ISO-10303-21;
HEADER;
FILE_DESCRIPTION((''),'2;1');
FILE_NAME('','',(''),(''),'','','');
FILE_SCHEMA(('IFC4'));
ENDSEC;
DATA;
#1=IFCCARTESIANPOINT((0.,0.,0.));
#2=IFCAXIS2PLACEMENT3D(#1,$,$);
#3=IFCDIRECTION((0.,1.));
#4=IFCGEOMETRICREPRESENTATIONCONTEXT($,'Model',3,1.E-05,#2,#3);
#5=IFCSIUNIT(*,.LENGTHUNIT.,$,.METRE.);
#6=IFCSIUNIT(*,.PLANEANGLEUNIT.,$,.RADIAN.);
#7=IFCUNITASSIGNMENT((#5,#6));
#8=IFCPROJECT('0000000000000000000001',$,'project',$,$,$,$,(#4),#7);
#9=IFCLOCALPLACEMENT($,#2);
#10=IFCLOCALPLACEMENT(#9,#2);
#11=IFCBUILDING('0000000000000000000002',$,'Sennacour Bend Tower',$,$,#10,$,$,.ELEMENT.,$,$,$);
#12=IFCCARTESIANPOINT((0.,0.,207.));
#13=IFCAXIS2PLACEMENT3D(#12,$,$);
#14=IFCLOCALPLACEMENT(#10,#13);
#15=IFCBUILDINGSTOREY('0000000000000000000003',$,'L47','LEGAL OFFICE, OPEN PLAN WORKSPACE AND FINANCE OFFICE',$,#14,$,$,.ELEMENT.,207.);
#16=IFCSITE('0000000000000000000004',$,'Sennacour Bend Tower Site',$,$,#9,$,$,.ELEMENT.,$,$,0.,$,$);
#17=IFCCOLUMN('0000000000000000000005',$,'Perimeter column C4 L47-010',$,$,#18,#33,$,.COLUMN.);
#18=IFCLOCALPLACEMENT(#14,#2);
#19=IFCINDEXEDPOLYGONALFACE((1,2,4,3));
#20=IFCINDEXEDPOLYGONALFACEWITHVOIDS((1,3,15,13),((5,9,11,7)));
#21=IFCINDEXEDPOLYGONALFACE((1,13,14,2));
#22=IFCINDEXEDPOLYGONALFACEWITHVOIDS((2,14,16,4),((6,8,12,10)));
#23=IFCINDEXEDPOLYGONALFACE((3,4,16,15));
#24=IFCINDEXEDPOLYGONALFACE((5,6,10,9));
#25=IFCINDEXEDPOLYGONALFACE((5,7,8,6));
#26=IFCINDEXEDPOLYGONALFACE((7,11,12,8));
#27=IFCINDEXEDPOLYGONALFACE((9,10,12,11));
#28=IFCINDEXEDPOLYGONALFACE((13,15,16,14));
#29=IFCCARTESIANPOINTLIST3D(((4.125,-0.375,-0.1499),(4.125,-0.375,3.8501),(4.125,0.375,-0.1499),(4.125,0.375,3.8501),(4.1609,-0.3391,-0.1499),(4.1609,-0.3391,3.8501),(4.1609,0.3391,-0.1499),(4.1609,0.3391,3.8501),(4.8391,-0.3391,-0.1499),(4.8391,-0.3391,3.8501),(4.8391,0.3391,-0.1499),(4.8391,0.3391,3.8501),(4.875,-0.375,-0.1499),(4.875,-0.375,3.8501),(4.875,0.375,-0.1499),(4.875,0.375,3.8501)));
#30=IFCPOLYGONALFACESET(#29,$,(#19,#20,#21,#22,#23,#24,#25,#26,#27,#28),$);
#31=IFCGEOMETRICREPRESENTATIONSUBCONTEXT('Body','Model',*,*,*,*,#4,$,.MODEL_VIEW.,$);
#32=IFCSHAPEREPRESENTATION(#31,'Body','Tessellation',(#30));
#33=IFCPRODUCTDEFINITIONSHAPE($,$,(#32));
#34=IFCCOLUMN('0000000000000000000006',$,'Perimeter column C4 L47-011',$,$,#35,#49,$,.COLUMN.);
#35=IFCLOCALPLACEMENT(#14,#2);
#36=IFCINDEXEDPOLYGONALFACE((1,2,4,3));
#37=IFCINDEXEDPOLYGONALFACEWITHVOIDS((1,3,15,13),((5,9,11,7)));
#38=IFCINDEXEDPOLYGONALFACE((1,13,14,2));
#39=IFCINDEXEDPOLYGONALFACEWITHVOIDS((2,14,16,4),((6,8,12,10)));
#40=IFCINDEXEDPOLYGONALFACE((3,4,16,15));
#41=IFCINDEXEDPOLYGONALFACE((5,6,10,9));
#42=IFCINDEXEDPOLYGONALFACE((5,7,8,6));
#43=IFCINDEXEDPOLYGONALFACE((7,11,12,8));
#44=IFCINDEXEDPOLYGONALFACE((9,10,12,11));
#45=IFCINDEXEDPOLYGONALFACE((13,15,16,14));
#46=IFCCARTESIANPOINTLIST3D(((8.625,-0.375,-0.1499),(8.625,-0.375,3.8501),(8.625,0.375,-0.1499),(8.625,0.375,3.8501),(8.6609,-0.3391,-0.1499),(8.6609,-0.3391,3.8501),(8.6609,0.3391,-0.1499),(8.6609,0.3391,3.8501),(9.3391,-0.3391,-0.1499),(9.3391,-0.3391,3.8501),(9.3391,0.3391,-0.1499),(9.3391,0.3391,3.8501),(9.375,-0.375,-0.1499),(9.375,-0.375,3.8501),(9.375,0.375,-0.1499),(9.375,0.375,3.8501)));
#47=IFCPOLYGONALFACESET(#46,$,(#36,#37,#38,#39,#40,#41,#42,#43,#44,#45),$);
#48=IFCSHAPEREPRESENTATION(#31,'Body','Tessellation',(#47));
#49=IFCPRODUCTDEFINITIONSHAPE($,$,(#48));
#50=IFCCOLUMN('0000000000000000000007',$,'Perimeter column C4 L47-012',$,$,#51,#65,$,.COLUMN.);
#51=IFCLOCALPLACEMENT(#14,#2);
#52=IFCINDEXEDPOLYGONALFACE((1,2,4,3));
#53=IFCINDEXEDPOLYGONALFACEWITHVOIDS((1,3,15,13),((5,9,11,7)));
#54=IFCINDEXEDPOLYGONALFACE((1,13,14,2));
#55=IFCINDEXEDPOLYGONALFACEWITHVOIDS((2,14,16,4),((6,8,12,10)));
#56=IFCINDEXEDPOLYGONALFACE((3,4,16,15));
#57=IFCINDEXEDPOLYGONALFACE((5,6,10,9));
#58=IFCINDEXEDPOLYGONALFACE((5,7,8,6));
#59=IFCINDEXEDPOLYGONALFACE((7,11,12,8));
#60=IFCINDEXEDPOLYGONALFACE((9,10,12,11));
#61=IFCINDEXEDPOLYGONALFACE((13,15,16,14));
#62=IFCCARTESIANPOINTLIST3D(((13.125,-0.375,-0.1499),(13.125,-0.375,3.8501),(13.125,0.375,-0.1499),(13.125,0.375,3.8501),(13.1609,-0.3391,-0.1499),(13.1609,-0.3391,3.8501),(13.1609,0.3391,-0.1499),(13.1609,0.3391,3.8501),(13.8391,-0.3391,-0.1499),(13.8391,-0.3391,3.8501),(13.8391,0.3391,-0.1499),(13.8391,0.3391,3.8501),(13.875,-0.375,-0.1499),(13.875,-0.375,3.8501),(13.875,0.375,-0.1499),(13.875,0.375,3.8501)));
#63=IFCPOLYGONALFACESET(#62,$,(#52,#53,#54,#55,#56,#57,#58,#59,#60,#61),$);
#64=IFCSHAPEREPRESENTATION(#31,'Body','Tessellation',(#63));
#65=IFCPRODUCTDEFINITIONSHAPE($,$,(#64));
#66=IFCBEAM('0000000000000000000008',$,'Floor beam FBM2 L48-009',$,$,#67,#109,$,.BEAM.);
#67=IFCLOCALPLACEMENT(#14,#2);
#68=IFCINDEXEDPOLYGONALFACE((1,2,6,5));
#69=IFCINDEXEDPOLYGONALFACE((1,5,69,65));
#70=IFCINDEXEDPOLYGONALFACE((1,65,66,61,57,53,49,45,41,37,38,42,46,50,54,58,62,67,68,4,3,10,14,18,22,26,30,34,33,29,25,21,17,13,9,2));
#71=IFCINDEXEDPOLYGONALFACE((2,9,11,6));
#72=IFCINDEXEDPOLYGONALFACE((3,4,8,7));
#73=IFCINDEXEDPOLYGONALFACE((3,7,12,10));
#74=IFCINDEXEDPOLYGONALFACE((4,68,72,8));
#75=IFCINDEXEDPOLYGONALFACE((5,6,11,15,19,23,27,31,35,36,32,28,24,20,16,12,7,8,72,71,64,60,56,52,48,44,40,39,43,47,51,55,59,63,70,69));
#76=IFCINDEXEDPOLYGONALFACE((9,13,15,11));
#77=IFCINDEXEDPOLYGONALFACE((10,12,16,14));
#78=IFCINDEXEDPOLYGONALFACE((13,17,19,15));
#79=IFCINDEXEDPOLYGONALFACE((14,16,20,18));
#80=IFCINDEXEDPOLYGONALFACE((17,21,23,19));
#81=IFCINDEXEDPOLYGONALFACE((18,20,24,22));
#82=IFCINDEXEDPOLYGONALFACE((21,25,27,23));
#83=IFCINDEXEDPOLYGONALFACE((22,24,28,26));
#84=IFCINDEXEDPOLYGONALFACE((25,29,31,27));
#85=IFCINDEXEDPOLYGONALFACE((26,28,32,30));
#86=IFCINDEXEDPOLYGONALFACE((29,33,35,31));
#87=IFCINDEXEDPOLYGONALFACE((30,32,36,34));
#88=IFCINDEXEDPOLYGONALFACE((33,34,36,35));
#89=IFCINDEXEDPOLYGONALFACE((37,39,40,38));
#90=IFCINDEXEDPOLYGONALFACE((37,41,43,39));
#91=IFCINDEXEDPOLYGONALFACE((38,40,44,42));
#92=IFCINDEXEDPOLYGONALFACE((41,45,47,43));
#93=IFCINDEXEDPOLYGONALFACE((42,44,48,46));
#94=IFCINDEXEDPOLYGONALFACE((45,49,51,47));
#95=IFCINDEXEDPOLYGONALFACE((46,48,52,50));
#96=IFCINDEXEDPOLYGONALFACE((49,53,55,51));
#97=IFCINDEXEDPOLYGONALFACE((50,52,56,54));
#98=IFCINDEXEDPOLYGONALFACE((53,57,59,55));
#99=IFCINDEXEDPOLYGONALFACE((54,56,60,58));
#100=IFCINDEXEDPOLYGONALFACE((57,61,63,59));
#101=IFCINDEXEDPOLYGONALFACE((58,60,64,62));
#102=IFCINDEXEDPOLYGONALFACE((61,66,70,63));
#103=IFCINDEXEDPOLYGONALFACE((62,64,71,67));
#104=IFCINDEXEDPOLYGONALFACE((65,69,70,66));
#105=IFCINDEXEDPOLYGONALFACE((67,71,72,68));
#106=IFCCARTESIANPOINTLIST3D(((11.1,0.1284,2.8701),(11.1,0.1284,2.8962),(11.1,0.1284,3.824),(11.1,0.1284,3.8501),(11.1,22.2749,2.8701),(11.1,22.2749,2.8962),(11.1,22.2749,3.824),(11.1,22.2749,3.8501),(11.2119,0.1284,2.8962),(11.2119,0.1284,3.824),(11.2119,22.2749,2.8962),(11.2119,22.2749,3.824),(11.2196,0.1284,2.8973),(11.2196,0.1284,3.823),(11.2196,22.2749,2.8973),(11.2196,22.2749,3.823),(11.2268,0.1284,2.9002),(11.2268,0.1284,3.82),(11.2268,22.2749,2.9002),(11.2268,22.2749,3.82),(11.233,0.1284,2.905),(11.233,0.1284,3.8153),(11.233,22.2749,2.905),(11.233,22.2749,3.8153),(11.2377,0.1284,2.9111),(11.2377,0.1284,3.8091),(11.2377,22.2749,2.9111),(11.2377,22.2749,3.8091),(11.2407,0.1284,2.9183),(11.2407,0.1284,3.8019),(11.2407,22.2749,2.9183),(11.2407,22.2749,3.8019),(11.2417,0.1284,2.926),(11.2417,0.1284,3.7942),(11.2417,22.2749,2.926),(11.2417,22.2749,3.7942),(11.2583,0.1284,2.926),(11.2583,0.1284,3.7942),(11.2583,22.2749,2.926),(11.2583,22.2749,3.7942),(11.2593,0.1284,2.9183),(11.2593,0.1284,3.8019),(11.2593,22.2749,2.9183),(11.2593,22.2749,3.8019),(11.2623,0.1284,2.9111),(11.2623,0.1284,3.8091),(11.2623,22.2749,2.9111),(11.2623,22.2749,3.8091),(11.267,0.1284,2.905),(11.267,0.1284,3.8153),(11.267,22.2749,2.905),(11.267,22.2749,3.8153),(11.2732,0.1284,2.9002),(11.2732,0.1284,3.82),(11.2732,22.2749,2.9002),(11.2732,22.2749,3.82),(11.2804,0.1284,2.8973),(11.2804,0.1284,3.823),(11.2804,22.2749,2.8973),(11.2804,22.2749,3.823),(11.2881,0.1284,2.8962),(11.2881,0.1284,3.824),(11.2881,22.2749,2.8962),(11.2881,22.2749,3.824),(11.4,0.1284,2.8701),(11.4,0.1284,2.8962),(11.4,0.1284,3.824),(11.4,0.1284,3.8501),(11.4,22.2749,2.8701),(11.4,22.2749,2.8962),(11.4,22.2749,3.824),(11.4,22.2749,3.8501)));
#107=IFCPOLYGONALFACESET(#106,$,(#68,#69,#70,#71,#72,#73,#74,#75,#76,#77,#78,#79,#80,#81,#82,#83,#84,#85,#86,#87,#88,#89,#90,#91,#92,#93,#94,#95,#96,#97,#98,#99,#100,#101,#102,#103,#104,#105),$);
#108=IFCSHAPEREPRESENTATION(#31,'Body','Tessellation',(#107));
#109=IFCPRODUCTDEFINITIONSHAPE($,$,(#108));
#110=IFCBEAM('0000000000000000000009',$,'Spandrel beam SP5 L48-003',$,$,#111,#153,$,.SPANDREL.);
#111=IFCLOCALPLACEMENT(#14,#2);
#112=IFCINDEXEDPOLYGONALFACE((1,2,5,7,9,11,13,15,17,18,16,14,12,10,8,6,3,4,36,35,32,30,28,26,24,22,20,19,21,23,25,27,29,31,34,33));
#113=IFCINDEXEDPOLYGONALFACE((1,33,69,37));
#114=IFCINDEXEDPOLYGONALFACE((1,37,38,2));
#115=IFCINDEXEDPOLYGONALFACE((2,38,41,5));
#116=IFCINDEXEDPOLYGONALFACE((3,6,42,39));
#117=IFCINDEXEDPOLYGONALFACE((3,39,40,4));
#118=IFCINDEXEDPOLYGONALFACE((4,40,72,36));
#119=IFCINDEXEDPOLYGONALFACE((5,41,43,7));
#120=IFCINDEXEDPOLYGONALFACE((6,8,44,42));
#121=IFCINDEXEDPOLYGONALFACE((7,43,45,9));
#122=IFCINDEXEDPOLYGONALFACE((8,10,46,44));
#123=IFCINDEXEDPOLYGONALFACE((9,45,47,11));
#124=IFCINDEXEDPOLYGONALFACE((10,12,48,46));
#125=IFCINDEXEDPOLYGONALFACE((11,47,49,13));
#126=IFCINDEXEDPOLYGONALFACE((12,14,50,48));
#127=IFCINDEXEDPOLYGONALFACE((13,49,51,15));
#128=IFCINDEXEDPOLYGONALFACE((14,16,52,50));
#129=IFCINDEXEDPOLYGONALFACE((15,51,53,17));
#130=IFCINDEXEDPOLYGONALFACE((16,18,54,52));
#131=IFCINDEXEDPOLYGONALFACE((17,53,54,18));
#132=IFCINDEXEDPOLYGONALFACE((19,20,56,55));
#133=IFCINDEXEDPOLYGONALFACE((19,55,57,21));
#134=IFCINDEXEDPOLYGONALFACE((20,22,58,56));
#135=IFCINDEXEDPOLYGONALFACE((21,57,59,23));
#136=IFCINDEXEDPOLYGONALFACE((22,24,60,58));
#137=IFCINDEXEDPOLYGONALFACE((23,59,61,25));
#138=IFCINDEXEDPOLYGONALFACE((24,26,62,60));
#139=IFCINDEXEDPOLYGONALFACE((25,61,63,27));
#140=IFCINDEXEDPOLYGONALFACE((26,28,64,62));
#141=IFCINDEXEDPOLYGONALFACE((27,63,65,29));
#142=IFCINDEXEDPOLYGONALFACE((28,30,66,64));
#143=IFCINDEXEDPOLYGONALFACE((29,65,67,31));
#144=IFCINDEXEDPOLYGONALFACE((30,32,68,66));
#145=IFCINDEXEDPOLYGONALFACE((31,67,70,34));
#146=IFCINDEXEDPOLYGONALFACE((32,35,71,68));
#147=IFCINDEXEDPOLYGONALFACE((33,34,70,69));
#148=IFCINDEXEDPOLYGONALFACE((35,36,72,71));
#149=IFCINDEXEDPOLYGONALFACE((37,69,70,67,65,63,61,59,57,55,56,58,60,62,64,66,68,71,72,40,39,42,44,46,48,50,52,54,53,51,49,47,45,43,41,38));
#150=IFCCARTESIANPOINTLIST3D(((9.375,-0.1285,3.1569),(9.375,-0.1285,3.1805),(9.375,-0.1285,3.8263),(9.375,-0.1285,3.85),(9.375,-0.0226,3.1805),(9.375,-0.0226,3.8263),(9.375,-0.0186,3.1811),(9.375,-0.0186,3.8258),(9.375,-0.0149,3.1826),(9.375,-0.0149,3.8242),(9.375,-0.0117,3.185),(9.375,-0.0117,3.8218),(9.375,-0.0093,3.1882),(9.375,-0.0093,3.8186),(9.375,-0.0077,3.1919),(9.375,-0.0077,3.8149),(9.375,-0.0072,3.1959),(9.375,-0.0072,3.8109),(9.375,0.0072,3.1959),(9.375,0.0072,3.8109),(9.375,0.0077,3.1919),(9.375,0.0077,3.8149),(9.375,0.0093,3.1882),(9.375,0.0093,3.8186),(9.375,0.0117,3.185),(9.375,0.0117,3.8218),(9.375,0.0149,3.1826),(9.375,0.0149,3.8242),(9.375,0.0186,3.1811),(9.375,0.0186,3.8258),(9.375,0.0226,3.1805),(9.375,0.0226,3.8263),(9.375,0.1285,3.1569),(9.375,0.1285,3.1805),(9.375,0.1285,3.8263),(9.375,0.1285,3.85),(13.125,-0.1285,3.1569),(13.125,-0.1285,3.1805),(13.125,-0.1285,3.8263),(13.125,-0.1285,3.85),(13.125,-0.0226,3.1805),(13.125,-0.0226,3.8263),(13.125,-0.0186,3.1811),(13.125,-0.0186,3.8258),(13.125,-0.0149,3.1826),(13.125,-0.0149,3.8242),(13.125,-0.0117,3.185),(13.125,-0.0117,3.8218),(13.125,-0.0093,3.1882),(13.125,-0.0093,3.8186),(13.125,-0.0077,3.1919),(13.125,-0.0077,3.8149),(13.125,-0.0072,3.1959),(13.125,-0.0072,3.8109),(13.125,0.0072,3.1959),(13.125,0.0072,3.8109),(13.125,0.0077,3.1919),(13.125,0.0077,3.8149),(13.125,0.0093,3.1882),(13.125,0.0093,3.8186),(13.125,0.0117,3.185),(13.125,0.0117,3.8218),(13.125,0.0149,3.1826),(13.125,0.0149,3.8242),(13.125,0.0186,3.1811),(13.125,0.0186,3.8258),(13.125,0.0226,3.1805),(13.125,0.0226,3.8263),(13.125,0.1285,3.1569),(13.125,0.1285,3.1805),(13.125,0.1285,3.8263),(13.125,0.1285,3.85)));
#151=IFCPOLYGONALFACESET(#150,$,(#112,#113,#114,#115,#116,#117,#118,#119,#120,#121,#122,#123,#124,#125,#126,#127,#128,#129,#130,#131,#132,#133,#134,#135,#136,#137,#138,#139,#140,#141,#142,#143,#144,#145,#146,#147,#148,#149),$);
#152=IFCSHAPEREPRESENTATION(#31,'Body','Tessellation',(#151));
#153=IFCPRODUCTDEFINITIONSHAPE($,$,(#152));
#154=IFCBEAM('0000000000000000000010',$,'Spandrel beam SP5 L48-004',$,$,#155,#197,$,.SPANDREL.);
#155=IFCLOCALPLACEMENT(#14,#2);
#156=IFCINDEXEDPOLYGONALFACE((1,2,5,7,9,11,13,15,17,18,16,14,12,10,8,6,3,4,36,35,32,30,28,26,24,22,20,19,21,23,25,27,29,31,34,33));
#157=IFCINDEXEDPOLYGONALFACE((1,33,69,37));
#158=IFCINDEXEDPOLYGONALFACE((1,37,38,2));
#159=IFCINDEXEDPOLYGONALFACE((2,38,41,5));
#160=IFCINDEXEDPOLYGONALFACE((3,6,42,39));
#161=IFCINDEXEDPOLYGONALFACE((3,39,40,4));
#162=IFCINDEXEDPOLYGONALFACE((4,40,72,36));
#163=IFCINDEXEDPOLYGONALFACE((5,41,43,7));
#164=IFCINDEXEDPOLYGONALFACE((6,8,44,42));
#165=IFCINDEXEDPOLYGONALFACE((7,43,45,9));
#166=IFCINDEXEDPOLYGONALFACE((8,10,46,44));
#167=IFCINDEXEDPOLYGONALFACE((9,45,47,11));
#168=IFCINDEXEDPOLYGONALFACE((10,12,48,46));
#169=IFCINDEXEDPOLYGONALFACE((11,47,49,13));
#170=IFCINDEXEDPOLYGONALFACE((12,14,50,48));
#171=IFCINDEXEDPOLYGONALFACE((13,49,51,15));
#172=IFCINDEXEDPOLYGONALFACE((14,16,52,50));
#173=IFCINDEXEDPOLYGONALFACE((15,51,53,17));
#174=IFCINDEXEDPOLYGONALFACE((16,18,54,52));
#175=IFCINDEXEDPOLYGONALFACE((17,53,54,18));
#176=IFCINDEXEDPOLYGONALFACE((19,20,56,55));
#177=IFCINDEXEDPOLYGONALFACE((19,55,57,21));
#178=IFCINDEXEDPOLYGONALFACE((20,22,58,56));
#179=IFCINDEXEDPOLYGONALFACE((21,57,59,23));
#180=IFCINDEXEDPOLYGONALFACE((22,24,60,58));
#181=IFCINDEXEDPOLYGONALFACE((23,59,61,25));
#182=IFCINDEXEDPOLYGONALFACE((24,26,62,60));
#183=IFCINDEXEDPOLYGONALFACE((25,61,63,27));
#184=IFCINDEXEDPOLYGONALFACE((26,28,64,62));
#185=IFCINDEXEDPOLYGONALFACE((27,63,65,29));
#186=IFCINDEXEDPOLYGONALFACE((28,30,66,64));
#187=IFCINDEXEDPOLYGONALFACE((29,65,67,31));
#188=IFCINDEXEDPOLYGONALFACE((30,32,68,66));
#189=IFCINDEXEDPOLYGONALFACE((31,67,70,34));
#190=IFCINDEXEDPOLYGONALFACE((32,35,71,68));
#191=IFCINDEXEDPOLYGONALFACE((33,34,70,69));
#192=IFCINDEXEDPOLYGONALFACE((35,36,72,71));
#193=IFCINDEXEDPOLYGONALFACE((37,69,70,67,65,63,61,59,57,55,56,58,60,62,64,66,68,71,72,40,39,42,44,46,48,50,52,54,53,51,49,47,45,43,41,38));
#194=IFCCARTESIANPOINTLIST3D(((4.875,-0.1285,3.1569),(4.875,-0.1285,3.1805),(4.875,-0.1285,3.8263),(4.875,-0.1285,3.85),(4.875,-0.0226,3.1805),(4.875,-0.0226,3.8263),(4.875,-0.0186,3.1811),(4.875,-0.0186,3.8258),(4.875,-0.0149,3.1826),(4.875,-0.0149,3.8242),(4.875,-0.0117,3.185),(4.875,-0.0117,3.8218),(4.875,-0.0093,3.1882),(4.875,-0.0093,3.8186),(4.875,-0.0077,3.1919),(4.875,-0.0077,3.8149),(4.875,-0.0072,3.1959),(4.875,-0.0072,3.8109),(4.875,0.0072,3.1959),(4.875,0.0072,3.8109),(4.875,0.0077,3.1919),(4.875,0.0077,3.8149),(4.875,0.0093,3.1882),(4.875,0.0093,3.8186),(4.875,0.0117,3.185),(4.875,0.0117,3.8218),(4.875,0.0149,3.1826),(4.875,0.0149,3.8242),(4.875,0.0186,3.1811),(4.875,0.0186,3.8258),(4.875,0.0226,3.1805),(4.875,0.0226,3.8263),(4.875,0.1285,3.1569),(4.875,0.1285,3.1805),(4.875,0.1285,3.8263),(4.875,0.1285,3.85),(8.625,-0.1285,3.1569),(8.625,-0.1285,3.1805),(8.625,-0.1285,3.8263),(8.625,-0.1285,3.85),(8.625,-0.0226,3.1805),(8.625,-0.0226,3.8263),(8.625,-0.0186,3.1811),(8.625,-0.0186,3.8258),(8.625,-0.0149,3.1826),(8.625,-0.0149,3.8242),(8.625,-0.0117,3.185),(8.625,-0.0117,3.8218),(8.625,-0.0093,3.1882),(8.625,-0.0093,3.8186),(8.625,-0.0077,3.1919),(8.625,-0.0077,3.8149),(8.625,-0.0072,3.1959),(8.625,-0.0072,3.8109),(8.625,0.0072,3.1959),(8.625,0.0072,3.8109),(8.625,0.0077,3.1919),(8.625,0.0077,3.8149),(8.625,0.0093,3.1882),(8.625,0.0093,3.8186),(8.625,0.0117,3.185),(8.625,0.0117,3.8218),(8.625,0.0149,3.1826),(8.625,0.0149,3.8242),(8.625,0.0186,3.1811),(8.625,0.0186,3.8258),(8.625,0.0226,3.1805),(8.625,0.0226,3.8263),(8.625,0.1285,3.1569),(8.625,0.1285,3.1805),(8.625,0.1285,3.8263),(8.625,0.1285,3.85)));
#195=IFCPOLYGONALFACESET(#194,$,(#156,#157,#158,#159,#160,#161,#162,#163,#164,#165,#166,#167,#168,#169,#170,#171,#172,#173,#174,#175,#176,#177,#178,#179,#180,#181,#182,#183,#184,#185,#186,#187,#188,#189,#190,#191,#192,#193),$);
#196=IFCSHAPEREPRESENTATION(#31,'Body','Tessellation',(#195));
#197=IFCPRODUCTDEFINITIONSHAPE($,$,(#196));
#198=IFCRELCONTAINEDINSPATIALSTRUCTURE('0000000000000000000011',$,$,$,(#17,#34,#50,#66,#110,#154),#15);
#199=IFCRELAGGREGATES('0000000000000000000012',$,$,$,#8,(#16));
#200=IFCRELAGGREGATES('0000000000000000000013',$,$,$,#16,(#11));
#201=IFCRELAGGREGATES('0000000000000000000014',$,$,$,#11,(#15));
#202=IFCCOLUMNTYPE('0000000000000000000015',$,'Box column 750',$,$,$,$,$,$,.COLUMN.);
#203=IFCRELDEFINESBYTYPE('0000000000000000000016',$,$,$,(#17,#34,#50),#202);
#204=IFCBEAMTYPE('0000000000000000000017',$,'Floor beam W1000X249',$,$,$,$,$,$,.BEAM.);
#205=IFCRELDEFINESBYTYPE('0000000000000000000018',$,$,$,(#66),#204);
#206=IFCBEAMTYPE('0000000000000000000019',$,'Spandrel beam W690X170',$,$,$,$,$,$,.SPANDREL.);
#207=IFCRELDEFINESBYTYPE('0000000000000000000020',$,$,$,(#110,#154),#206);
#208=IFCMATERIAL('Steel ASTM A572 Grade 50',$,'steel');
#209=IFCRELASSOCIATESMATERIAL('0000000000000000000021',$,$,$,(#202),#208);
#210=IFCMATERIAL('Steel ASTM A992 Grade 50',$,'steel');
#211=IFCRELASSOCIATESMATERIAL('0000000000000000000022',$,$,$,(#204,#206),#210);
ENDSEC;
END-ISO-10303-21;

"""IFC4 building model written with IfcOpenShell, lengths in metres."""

from ifc_helpers import new_model, si_unit, direction, frame, origin, origin_2d, place, context, subcontext, project, spatial, hollow_rectangle, i_section, extrude, material, material_profile, profile_set, type_object, element, save


model = new_model("IFC4")

# Units and contexts
model_context = context("Model", 3, precision=1e-05, world=origin(), true_north=direction((0.0, 1.0)))
body_context = subcontext(model_context, "Body", "Model", "MODEL_VIEW")
ifc_project = project(units=[si_unit("LENGTHUNIT", "METRE"), si_unit("PLANEANGLEUNIT", "RADIAN")], contexts=[model_context])

# Site, building, storey
site_placement = place(None, origin())
site = spatial("IfcSite", under=ifc_project, at=site_placement, Name="Sennacour Bend Tower Site", CompositionType="ELEMENT", RefElevation=0.0)
building_placement = place(site_placement, origin())
building = spatial("IfcBuilding", under=site, at=building_placement, Name="Sennacour Bend Tower", CompositionType="ELEMENT")
storey_placement = place(building_placement, frame((0.0, 0.0, 207.0)))
storey = spatial("IfcBuildingStorey", under=building, at=storey_placement, Name="L47", Description="LEGAL OFFICE, OPEN PLAN WORKSPACE AND FINANCE OFFICE", CompositionType="ELEMENT", Elevation=207.0)

# Columns
ifc_material_1 = material(Name="Steel ASTM A572 Grade 50", Category="steel")
ifc_material_profile_1 = material_profile(ifc_material_1, hollow_rectangle(XDim=0.75, YDim=0.75, WallThickness=0.0359, at=origin_2d()), Name="Steel ASTM A572 Grade 50", Category="steel")
ifc_profile_set_1 = profile_set([ifc_material_profile_1], Name="Steel ASTM A572 Grade 50")
column_type = type_object("IfcColumnType", Name="Box column 750", PredefinedType="COLUMN", material=ifc_profile_set_1)
for number, where, z_axis, x_axis, name in (
    (1, (4.5, 0.0, -0.1499), (0.0, 0.0, 1.0), (1.0, 0.0, 0.0), "Perimeter column C4 L47-010"),
    (2, (9.0, 0.0, -0.1499), (0.0, 0.0, 1.0), (1.0, 0.0, 0.0), "Perimeter column C4 L47-011"),
    (3, (13.5, 0.0, -0.1499), (0.0, 0.0, 1.0), (1.0, 0.0, 0.0), "Perimeter column C4 L47-012"),
):
    element("IfcColumn", number, at=place(storey_placement, frame(where, z_axis=z_axis, x_axis=x_axis)), inside=storey, type_object=column_type, Name=name, PredefinedType="COLUMN", context=body_context, shape_type="SweptSolid", body=[
        extrude(hollow_rectangle(XDim=0.75, YDim=0.75, WallThickness=0.0359, at=origin_2d()), origin(), (0.0, 0.0, 1.0), 4.0),
    ])

# Beams
ifc_material_2 = material(Name="Steel ASTM A992 Grade 50", Category="steel")
ifc_material_profile_2 = material_profile(ifc_material_2, i_section(OverallWidth=0.3, OverallDepth=0.98, WebThickness=0.0166, FlangeThickness=0.0261, FilletRadius=0.0298, at=origin_2d()), Name="Steel ASTM A992 Grade 50", Category="steel")
ifc_profile_set_2 = profile_set([ifc_material_profile_2], Name="Steel ASTM A992 Grade 50")
beam_type_1 = type_object("IfcBeamType", Name="Floor beam W1000X249", PredefinedType="BEAM", material=ifc_profile_set_2)
beam_placement = place(storey_placement, frame((11.25, 0.1284, 3.3601), z_axis=(0.0, 1.0, 0.0), x_axis=(-1.0, 0.0, 0.0)))
element("IfcBeam", 4, at=beam_placement, inside=storey, type_object=beam_type_1, Name="Floor beam FBM2 L48-009", PredefinedType="BEAM", context=body_context, shape_type="SweptSolid", body=[
    extrude(i_section(OverallWidth=0.3, OverallDepth=0.98, WebThickness=0.0166, FlangeThickness=0.0261, FilletRadius=0.0298, at=origin_2d()), origin(), (0.0, 0.0, 1.0), 22.1465),
])
ifc_material_profile_3 = material_profile(ifc_material_2, i_section(OverallWidth=0.2571, OverallDepth=0.6931, WebThickness=0.0144, FlangeThickness=0.0237, FilletRadius=0.0154, at=origin_2d()), Name="Steel ASTM A992 Grade 50", Category="steel")
ifc_profile_set_3 = profile_set([ifc_material_profile_3], Name="Steel ASTM A992 Grade 50")
beam_type_2 = type_object("IfcBeamType", Name="Spandrel beam W690X170", PredefinedType="SPANDREL", material=ifc_profile_set_3)
for number, where, z_axis, x_axis, name in (
    (5, (13.125, 0.0, 3.5034), (-1.0, 0.0, 0.0), (0.0, -1.0, 0.0), "Spandrel beam SP5 L48-003"),
    (6, (8.625, 0.0, 3.5034), (-1.0, 0.0, 0.0), (0.0, -1.0, 0.0), "Spandrel beam SP5 L48-004"),
):
    element("IfcBeam", number, at=place(storey_placement, frame(where, z_axis=z_axis, x_axis=x_axis)), inside=storey, type_object=beam_type_2, Name=name, PredefinedType="SPANDREL", context=body_context, shape_type="SweptSolid", body=[
        extrude(i_section(OverallWidth=0.2571, OverallDepth=0.6931, WebThickness=0.0144, FlangeThickness=0.0237, FilletRadius=0.0154, at=origin_2d()), origin(), (0.0, 0.0, 1.0), 3.75),
    ])

save(model, "model.ifc")
